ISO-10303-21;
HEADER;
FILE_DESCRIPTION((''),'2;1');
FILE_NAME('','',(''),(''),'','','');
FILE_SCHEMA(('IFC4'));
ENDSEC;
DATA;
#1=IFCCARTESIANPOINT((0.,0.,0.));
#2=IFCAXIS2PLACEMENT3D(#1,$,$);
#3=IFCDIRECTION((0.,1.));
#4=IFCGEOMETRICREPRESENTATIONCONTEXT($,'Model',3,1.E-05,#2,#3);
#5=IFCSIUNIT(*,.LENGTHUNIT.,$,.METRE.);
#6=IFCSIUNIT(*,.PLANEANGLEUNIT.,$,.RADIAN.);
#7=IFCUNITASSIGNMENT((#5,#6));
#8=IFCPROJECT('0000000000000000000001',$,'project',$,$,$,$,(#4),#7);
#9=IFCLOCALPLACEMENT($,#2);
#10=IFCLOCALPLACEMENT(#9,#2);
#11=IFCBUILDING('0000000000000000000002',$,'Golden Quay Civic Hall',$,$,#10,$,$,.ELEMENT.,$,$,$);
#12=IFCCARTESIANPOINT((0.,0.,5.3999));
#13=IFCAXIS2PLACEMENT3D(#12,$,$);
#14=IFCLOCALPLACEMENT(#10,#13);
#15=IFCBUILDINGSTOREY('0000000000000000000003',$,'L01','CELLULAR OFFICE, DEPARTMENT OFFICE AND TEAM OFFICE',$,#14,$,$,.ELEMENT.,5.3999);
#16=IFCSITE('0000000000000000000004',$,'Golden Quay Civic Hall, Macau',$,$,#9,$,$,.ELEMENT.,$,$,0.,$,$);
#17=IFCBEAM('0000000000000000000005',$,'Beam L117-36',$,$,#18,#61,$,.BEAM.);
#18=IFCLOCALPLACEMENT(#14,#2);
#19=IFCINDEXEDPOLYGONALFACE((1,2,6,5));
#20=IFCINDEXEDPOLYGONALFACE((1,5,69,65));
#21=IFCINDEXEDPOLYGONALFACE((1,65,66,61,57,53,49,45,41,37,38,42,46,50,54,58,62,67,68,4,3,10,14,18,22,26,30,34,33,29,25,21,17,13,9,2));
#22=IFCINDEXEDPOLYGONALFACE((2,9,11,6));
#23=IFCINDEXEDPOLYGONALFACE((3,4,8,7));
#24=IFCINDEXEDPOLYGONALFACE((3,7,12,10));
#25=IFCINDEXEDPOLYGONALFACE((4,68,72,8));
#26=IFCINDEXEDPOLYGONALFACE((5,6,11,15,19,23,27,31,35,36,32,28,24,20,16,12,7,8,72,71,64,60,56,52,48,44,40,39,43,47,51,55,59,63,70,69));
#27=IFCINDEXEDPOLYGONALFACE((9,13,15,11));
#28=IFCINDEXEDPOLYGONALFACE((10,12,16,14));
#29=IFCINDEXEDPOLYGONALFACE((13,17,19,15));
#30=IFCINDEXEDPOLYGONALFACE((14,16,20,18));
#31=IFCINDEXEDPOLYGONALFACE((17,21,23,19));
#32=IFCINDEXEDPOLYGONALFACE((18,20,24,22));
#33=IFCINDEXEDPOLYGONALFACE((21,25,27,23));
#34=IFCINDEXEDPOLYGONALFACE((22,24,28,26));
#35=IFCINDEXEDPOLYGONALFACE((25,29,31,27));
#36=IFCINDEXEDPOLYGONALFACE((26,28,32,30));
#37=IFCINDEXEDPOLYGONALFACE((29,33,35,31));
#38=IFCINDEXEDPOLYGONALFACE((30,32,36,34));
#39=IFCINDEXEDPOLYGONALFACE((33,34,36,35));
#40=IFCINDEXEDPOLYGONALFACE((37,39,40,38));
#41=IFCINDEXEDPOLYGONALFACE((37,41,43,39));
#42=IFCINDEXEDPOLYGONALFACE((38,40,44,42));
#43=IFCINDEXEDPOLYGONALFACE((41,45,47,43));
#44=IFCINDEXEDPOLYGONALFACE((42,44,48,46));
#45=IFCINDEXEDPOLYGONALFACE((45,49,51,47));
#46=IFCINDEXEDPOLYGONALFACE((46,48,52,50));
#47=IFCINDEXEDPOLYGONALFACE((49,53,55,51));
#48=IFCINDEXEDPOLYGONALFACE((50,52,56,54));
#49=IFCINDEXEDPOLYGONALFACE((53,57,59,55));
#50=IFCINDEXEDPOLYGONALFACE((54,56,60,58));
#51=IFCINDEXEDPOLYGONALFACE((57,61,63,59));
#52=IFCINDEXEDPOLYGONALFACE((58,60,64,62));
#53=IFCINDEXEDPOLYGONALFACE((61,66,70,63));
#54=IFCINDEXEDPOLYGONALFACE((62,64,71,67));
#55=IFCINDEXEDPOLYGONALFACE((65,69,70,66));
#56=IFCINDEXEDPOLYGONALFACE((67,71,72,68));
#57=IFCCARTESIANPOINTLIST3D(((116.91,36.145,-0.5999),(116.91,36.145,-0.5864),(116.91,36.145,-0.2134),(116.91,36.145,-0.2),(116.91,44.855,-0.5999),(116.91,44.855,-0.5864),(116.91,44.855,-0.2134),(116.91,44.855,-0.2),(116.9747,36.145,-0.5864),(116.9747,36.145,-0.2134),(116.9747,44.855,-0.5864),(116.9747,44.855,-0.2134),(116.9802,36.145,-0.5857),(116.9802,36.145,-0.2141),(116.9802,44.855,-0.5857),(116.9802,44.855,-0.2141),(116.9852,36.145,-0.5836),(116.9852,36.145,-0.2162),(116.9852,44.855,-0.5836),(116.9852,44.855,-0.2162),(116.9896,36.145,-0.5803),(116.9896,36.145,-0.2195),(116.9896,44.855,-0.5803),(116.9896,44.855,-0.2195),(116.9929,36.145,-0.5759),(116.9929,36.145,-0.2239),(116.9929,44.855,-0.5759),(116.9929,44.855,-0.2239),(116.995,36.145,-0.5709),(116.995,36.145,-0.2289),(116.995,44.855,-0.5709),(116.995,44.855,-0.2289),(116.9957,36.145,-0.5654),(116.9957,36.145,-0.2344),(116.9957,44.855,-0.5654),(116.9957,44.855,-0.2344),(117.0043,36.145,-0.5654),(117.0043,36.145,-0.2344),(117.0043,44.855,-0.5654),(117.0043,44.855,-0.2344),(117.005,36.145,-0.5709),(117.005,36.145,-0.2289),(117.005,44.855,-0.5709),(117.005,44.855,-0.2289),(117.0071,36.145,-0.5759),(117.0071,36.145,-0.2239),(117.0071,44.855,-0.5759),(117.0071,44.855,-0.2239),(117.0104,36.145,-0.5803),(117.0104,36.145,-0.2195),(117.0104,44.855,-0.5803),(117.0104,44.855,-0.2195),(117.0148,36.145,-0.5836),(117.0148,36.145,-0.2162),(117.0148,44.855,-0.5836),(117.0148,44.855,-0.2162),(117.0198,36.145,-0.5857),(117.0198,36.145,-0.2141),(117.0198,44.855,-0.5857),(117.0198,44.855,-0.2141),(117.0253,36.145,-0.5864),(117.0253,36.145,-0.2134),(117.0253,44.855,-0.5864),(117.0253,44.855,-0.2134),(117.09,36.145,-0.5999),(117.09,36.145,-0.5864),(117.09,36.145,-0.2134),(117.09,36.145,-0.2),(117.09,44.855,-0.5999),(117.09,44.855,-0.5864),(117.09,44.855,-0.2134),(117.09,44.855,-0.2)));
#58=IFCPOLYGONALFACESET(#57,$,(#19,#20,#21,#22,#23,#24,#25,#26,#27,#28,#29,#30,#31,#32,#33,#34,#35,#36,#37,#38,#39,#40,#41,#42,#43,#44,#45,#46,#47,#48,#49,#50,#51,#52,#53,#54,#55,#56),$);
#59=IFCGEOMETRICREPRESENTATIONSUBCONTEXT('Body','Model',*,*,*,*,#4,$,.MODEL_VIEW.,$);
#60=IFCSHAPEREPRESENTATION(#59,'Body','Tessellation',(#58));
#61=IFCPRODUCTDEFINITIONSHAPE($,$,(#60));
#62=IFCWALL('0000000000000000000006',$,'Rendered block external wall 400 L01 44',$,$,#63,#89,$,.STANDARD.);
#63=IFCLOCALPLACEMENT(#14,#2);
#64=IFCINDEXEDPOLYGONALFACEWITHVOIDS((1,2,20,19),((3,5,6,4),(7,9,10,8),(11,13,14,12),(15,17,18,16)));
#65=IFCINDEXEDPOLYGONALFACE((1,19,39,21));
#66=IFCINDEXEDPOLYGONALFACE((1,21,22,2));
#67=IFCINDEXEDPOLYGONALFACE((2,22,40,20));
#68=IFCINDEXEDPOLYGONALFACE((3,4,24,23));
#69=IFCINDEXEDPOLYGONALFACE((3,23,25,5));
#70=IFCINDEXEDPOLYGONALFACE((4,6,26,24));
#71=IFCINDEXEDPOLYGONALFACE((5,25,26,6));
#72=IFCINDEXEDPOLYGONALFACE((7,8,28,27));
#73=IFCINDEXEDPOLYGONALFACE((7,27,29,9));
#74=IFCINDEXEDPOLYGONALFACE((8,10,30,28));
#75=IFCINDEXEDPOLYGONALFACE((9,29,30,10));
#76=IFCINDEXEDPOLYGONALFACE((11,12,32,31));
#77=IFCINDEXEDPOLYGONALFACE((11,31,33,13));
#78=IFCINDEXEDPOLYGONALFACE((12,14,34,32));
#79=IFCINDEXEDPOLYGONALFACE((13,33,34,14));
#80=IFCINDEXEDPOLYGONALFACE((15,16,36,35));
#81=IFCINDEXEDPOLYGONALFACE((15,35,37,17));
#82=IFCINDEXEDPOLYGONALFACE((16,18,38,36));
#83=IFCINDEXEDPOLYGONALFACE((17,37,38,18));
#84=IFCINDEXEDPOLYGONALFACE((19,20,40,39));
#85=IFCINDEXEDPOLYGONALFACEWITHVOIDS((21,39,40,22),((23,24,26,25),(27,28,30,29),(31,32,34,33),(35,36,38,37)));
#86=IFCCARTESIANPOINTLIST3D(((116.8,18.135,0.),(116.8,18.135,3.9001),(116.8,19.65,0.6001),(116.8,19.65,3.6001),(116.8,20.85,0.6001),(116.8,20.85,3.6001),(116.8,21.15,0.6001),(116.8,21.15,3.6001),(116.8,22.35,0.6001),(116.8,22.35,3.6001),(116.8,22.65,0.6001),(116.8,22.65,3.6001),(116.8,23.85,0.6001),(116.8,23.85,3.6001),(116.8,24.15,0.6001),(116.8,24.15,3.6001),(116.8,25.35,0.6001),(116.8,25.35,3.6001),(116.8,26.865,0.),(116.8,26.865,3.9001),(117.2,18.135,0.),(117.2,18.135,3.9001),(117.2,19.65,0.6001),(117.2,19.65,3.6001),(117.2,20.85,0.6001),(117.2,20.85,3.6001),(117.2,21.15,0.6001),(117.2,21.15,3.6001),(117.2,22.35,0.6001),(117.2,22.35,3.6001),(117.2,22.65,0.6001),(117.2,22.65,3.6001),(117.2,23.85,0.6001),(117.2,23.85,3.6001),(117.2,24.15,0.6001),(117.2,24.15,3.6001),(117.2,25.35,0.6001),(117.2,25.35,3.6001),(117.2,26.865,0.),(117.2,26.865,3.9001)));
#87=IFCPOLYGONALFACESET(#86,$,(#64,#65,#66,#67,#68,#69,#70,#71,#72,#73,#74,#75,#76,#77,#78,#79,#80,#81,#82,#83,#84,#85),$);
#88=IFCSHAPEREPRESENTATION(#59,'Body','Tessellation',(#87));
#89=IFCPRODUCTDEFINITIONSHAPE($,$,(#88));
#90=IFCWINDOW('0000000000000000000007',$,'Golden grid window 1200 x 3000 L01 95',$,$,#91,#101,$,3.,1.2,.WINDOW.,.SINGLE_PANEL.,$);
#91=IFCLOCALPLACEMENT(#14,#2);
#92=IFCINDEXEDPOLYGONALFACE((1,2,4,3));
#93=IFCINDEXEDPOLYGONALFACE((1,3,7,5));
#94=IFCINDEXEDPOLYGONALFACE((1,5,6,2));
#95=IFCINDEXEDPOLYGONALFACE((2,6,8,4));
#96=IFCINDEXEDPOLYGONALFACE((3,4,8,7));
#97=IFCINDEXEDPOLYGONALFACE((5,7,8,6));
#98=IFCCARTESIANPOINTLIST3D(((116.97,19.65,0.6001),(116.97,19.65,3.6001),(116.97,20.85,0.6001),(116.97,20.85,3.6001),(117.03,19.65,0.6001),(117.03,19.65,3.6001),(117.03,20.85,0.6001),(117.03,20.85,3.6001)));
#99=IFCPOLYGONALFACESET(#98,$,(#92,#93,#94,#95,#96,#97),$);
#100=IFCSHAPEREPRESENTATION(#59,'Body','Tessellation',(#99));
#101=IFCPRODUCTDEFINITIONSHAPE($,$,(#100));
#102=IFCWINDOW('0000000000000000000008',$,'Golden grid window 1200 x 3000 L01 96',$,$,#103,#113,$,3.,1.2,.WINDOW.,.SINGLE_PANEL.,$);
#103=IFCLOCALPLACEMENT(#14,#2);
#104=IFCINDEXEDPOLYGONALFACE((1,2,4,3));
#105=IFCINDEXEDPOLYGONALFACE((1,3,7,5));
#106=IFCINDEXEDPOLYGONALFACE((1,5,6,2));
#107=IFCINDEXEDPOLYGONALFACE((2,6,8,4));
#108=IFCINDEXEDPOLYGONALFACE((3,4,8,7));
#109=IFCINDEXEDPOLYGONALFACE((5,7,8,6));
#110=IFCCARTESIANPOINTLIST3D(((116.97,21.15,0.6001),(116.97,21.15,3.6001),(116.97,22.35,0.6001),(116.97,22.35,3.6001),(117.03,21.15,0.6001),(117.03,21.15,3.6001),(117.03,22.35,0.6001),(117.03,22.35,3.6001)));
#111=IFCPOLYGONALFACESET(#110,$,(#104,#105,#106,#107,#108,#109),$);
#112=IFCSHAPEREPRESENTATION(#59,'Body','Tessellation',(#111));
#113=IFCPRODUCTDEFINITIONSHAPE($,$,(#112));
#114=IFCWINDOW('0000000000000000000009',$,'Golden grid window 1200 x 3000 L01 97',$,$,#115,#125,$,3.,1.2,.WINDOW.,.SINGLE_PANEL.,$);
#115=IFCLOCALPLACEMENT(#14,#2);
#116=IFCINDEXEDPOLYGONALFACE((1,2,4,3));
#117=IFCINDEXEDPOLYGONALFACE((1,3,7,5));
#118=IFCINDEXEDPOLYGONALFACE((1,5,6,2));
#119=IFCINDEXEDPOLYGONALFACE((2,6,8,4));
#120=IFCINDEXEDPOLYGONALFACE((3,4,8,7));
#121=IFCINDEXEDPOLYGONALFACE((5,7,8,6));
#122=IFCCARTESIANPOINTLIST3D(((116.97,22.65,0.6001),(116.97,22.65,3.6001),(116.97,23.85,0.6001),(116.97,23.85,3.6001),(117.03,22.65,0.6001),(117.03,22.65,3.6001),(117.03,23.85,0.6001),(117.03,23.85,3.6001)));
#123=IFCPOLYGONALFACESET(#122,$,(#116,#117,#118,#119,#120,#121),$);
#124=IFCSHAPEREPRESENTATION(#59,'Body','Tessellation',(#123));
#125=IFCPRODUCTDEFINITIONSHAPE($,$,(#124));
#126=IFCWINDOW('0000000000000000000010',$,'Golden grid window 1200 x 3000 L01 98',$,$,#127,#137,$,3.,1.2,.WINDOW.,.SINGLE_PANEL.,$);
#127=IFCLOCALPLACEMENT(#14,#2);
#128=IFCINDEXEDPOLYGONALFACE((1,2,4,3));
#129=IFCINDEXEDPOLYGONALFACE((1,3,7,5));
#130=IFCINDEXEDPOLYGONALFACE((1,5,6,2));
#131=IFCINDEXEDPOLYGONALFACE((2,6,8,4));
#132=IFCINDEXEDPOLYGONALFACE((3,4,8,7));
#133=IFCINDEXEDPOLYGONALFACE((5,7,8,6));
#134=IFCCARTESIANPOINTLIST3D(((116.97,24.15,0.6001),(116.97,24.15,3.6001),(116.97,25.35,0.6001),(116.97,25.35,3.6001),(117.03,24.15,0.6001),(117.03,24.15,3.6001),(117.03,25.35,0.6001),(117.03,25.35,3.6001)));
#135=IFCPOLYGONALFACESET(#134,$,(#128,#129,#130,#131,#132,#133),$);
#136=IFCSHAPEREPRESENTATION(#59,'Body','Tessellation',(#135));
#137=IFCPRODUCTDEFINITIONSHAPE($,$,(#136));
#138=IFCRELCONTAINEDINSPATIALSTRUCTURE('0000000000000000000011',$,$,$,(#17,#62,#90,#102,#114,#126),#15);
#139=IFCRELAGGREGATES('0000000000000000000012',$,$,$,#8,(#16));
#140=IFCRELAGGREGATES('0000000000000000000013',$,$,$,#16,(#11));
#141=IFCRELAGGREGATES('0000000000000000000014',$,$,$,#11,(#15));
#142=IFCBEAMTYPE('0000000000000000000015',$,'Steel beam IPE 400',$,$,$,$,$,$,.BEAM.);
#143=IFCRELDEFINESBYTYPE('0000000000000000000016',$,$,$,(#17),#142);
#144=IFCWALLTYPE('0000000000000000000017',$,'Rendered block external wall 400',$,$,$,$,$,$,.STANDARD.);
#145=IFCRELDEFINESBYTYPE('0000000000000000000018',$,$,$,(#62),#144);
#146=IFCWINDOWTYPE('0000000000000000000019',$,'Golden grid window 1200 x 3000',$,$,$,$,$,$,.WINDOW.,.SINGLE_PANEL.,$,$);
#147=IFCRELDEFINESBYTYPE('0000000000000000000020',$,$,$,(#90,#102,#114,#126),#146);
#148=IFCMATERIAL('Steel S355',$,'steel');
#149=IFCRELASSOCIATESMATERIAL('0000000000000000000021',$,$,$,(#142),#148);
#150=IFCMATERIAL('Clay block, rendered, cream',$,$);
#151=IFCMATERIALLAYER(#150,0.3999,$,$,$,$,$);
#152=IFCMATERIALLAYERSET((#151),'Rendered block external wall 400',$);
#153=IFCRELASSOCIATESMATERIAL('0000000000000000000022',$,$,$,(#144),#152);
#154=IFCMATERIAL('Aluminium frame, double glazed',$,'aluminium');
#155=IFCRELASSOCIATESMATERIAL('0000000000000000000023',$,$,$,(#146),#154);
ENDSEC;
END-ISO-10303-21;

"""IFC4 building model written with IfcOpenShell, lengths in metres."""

from ifc_helpers import new_model, si_unit, direction, frame, frame_2d, origin, origin_2d, place, context, subcontext, project, spatial, rectangle, i_section, extrude, material, layer, layer_set, material_profile, profile_set, type_object, element, fill, save


model = new_model("IFC4")

# Units and contexts
model_context = context("Model", 3, precision=1e-05, world=origin(), true_north=direction((0.0, 1.0)))
body_context = subcontext(model_context, "Body", "Model", "MODEL_VIEW")
ifc_project = project(units=[si_unit("LENGTHUNIT", "METRE"), si_unit("PLANEANGLEUNIT", "RADIAN")], contexts=[model_context])

# Site, building, storey
site_placement = place(None, origin())
site = spatial("IfcSite", under=ifc_project, at=site_placement, Name="Golden Quay Civic Hall, Macau", CompositionType="ELEMENT", RefElevation=0.0)
building_placement = place(site_placement, origin())
building = spatial("IfcBuilding", under=site, at=building_placement, Name="Golden Quay Civic Hall", CompositionType="ELEMENT")
storey_placement = place(building_placement, frame((0.0, 0.0, 5.3999)))
storey = spatial("IfcBuildingStorey", under=building, at=storey_placement, Name="L01", Description="CELLULAR OFFICE, DEPARTMENT OFFICE AND TEAM OFFICE", CompositionType="ELEMENT", Elevation=5.3999)

# Beam
ifc_material_1 = material(Name="Steel S355", Category="steel")
ifc_material_profile_1 = material_profile(ifc_material_1, i_section(OverallWidth=0.1799, OverallDepth=0.3999, WebThickness=0.0085, FlangeThickness=0.0134, FilletRadius=0.021, at=origin_2d()), Name="IPE 400")
ifc_profile_set_1 = profile_set([ifc_material_profile_1], Name="Steel S355")
beam_type_1 = type_object("IfcBeamType", Name="Steel beam IPE 400", PredefinedType="BEAM", material=ifc_profile_set_1)
for number, where, z_axis, x_axis, name in (
    (1, (117.0, 36.145, -0.3999), (0.0, 1.0, 0.0), (-1.0, 0.0, 0.0), "Beam L117-36"),
):
    element("IfcBeam", number, at=place(storey_placement, frame(where, z_axis=z_axis, x_axis=x_axis)), inside=storey, type_object=beam_type_1, Name=name, PredefinedType="BEAM", context=body_context, shape_type="SweptSolid", body=[
        extrude(i_section(OverallWidth=0.1799, OverallDepth=0.3999, WebThickness=0.0085, FlangeThickness=0.0134, FilletRadius=0.021, at=origin_2d()), origin(), (0.0, 0.0, 1.0), 8.71),
    ])

# Wall, openings, windows
ifc_material_2 = material(Name="Clay block, rendered, cream")
ifc_layer = layer(ifc_material_2, 0.3999)
ifc_layer_set = layer_set([ifc_layer], Name="Rendered block external wall 400")
wall_type = type_object("IfcWallType", Name="Rendered block external wall 400", PredefinedType="STANDARD", material=ifc_layer_set)
wall_1_placement = place(storey_placement, frame((117.0, 26.865, 0.0), z_axis=(0.0, 0.0, 1.0), x_axis=(0.0, -1.0, 0.0)))
wall_1 = element("IfcWall", 2, at=wall_1_placement, inside=storey, type_object=wall_type, Name="Rendered block external wall 400 L01 44", PredefinedType="STANDARD", context=body_context, shape_type="SweptSolid", body=[
    extrude(rectangle(XDim=8.73, YDim=0.3999, at=frame_2d((4.365, 0.0))), origin(), (0.0, 0.0, 1.0), 3.9001),
])
opening_1_placement = place(wall_1_placement, frame((6.0149, 0.0, 0.6001)))
opening_1 = element("IfcOpeningElement", 3, at=opening_1_placement, cuts=wall_1, PredefinedType="OPENING", context=body_context, shape_type="SweptSolid", body=[
    extrude(rectangle(XDim=1.2, YDim=3.0, at=frame_2d((0.6001, 1.5))), frame((0.0, 0.21, 0.0), z_axis=(0.0, -1.0, 0.0), x_axis=(1.0, 0.0, 0.0)), (0.0, 0.0, 1.0), 0.4199),
])
opening_2_placement = place(wall_1_placement, frame((4.5149, 0.0, 0.6001)))
opening_2 = element("IfcOpeningElement", 4, at=opening_2_placement, cuts=wall_1, PredefinedType="OPENING", context=body_context, shape_type="SweptSolid", body=[
    extrude(rectangle(XDim=1.2, YDim=3.0, at=frame_2d((0.6001, 1.5))), frame((0.0, 0.21, 0.0), z_axis=(0.0, -1.0, 0.0), x_axis=(1.0, 0.0, 0.0)), (0.0, 0.0, 1.0), 0.4199),
])
opening_3_placement = place(wall_1_placement, frame((3.0149, 0.0, 0.6001)))
opening_3 = element("IfcOpeningElement", 5, at=opening_3_placement, cuts=wall_1, PredefinedType="OPENING", context=body_context, shape_type="SweptSolid", body=[
    extrude(rectangle(XDim=1.2, YDim=3.0, at=frame_2d((0.6001, 1.5))), frame((0.0, 0.21, 0.0), z_axis=(0.0, -1.0, 0.0), x_axis=(1.0, 0.0, 0.0)), (0.0, 0.0, 1.0), 0.4199),
])
opening_4_placement = place(wall_1_placement, frame((1.5149, 0.0, 0.6001)))
opening_4 = element("IfcOpeningElement", 6, at=opening_4_placement, cuts=wall_1, PredefinedType="OPENING", context=body_context, shape_type="SweptSolid", body=[
    extrude(rectangle(XDim=1.2, YDim=3.0, at=frame_2d((0.6001, 1.5))), frame((0.0, 0.21, 0.0), z_axis=(0.0, -1.0, 0.0), x_axis=(1.0, 0.0, 0.0)), (0.0, 0.0, 1.0), 0.4199),
])
ifc_material_3 = material(Name="Aluminium frame, double glazed", Category="aluminium")
window_type = type_object("IfcWindowType", Name="Golden grid window 1200 x 3000", PartitioningType="SINGLE_PANEL", PredefinedType="WINDOW", material=ifc_material_3)
window_1_placement = place(opening_1_placement, origin())
window_1 = element("IfcWindow", 7, at=window_1_placement, inside=storey, type_object=window_type, Name="Golden grid window 1200 x 3000 L01 95", OverallHeight=3.0, OverallWidth=1.2, PartitioningType="SINGLE_PANEL", PredefinedType="WINDOW", context=body_context, shape_type="SweptSolid", body=[
    extrude(rectangle(XDim=1.2, YDim=3.0, at=frame_2d((0.6001, 1.5))), frame((0.0, 0.03, 0.0), z_axis=(0.0, -1.0, 0.0), x_axis=(1.0, 0.0, 0.0)), (0.0, 0.0, 1.0), 0.0601),
])
fill(opening_1, window_1)
window_2_placement = place(opening_2_placement, origin())
window_2 = element("IfcWindow", 8, at=window_2_placement, inside=storey, type_object=window_type, Name="Golden grid window 1200 x 3000 L01 96", OverallHeight=3.0, OverallWidth=1.2, PartitioningType="SINGLE_PANEL", PredefinedType="WINDOW", context=body_context, shape_type="SweptSolid", body=[
    extrude(rectangle(XDim=1.2, YDim=3.0, at=frame_2d((0.6001, 1.5))), frame((0.0, 0.03, 0.0), z_axis=(0.0, -1.0, 0.0), x_axis=(1.0, 0.0, 0.0)), (0.0, 0.0, 1.0), 0.0601),
])
fill(opening_2, window_2)
window_3_placement = place(opening_3_placement, origin())
window_3 = element("IfcWindow", 9, at=window_3_placement, inside=storey, type_object=window_type, Name="Golden grid window 1200 x 3000 L01 97", OverallHeight=3.0, OverallWidth=1.2, PartitioningType="SINGLE_PANEL", PredefinedType="WINDOW", context=body_context, shape_type="SweptSolid", body=[
    extrude(rectangle(XDim=1.2, YDim=3.0, at=frame_2d((0.6001, 1.5))), frame((0.0, 0.03, 0.0), z_axis=(0.0, -1.0, 0.0), x_axis=(1.0, 0.0, 0.0)), (0.0, 0.0, 1.0), 0.0601),
])
fill(opening_3, window_3)
window_4_placement = place(opening_4_placement, origin())
window_4 = element("IfcWindow", 10, at=window_4_placement, inside=storey, type_object=window_type, Name="Golden grid window 1200 x 3000 L01 98", OverallHeight=3.0, OverallWidth=1.2, PartitioningType="SINGLE_PANEL", PredefinedType="WINDOW", context=body_context, shape_type="SweptSolid", body=[
    extrude(rectangle(XDim=1.2, YDim=3.0, at=frame_2d((0.6001, 1.5))), frame((0.0, 0.03, 0.0), z_axis=(0.0, -1.0, 0.0), x_axis=(1.0, 0.0, 0.0)), (0.0, 0.0, 1.0), 0.0601),
])
fill(opening_4, window_4)

save(model, "model.ifc")
